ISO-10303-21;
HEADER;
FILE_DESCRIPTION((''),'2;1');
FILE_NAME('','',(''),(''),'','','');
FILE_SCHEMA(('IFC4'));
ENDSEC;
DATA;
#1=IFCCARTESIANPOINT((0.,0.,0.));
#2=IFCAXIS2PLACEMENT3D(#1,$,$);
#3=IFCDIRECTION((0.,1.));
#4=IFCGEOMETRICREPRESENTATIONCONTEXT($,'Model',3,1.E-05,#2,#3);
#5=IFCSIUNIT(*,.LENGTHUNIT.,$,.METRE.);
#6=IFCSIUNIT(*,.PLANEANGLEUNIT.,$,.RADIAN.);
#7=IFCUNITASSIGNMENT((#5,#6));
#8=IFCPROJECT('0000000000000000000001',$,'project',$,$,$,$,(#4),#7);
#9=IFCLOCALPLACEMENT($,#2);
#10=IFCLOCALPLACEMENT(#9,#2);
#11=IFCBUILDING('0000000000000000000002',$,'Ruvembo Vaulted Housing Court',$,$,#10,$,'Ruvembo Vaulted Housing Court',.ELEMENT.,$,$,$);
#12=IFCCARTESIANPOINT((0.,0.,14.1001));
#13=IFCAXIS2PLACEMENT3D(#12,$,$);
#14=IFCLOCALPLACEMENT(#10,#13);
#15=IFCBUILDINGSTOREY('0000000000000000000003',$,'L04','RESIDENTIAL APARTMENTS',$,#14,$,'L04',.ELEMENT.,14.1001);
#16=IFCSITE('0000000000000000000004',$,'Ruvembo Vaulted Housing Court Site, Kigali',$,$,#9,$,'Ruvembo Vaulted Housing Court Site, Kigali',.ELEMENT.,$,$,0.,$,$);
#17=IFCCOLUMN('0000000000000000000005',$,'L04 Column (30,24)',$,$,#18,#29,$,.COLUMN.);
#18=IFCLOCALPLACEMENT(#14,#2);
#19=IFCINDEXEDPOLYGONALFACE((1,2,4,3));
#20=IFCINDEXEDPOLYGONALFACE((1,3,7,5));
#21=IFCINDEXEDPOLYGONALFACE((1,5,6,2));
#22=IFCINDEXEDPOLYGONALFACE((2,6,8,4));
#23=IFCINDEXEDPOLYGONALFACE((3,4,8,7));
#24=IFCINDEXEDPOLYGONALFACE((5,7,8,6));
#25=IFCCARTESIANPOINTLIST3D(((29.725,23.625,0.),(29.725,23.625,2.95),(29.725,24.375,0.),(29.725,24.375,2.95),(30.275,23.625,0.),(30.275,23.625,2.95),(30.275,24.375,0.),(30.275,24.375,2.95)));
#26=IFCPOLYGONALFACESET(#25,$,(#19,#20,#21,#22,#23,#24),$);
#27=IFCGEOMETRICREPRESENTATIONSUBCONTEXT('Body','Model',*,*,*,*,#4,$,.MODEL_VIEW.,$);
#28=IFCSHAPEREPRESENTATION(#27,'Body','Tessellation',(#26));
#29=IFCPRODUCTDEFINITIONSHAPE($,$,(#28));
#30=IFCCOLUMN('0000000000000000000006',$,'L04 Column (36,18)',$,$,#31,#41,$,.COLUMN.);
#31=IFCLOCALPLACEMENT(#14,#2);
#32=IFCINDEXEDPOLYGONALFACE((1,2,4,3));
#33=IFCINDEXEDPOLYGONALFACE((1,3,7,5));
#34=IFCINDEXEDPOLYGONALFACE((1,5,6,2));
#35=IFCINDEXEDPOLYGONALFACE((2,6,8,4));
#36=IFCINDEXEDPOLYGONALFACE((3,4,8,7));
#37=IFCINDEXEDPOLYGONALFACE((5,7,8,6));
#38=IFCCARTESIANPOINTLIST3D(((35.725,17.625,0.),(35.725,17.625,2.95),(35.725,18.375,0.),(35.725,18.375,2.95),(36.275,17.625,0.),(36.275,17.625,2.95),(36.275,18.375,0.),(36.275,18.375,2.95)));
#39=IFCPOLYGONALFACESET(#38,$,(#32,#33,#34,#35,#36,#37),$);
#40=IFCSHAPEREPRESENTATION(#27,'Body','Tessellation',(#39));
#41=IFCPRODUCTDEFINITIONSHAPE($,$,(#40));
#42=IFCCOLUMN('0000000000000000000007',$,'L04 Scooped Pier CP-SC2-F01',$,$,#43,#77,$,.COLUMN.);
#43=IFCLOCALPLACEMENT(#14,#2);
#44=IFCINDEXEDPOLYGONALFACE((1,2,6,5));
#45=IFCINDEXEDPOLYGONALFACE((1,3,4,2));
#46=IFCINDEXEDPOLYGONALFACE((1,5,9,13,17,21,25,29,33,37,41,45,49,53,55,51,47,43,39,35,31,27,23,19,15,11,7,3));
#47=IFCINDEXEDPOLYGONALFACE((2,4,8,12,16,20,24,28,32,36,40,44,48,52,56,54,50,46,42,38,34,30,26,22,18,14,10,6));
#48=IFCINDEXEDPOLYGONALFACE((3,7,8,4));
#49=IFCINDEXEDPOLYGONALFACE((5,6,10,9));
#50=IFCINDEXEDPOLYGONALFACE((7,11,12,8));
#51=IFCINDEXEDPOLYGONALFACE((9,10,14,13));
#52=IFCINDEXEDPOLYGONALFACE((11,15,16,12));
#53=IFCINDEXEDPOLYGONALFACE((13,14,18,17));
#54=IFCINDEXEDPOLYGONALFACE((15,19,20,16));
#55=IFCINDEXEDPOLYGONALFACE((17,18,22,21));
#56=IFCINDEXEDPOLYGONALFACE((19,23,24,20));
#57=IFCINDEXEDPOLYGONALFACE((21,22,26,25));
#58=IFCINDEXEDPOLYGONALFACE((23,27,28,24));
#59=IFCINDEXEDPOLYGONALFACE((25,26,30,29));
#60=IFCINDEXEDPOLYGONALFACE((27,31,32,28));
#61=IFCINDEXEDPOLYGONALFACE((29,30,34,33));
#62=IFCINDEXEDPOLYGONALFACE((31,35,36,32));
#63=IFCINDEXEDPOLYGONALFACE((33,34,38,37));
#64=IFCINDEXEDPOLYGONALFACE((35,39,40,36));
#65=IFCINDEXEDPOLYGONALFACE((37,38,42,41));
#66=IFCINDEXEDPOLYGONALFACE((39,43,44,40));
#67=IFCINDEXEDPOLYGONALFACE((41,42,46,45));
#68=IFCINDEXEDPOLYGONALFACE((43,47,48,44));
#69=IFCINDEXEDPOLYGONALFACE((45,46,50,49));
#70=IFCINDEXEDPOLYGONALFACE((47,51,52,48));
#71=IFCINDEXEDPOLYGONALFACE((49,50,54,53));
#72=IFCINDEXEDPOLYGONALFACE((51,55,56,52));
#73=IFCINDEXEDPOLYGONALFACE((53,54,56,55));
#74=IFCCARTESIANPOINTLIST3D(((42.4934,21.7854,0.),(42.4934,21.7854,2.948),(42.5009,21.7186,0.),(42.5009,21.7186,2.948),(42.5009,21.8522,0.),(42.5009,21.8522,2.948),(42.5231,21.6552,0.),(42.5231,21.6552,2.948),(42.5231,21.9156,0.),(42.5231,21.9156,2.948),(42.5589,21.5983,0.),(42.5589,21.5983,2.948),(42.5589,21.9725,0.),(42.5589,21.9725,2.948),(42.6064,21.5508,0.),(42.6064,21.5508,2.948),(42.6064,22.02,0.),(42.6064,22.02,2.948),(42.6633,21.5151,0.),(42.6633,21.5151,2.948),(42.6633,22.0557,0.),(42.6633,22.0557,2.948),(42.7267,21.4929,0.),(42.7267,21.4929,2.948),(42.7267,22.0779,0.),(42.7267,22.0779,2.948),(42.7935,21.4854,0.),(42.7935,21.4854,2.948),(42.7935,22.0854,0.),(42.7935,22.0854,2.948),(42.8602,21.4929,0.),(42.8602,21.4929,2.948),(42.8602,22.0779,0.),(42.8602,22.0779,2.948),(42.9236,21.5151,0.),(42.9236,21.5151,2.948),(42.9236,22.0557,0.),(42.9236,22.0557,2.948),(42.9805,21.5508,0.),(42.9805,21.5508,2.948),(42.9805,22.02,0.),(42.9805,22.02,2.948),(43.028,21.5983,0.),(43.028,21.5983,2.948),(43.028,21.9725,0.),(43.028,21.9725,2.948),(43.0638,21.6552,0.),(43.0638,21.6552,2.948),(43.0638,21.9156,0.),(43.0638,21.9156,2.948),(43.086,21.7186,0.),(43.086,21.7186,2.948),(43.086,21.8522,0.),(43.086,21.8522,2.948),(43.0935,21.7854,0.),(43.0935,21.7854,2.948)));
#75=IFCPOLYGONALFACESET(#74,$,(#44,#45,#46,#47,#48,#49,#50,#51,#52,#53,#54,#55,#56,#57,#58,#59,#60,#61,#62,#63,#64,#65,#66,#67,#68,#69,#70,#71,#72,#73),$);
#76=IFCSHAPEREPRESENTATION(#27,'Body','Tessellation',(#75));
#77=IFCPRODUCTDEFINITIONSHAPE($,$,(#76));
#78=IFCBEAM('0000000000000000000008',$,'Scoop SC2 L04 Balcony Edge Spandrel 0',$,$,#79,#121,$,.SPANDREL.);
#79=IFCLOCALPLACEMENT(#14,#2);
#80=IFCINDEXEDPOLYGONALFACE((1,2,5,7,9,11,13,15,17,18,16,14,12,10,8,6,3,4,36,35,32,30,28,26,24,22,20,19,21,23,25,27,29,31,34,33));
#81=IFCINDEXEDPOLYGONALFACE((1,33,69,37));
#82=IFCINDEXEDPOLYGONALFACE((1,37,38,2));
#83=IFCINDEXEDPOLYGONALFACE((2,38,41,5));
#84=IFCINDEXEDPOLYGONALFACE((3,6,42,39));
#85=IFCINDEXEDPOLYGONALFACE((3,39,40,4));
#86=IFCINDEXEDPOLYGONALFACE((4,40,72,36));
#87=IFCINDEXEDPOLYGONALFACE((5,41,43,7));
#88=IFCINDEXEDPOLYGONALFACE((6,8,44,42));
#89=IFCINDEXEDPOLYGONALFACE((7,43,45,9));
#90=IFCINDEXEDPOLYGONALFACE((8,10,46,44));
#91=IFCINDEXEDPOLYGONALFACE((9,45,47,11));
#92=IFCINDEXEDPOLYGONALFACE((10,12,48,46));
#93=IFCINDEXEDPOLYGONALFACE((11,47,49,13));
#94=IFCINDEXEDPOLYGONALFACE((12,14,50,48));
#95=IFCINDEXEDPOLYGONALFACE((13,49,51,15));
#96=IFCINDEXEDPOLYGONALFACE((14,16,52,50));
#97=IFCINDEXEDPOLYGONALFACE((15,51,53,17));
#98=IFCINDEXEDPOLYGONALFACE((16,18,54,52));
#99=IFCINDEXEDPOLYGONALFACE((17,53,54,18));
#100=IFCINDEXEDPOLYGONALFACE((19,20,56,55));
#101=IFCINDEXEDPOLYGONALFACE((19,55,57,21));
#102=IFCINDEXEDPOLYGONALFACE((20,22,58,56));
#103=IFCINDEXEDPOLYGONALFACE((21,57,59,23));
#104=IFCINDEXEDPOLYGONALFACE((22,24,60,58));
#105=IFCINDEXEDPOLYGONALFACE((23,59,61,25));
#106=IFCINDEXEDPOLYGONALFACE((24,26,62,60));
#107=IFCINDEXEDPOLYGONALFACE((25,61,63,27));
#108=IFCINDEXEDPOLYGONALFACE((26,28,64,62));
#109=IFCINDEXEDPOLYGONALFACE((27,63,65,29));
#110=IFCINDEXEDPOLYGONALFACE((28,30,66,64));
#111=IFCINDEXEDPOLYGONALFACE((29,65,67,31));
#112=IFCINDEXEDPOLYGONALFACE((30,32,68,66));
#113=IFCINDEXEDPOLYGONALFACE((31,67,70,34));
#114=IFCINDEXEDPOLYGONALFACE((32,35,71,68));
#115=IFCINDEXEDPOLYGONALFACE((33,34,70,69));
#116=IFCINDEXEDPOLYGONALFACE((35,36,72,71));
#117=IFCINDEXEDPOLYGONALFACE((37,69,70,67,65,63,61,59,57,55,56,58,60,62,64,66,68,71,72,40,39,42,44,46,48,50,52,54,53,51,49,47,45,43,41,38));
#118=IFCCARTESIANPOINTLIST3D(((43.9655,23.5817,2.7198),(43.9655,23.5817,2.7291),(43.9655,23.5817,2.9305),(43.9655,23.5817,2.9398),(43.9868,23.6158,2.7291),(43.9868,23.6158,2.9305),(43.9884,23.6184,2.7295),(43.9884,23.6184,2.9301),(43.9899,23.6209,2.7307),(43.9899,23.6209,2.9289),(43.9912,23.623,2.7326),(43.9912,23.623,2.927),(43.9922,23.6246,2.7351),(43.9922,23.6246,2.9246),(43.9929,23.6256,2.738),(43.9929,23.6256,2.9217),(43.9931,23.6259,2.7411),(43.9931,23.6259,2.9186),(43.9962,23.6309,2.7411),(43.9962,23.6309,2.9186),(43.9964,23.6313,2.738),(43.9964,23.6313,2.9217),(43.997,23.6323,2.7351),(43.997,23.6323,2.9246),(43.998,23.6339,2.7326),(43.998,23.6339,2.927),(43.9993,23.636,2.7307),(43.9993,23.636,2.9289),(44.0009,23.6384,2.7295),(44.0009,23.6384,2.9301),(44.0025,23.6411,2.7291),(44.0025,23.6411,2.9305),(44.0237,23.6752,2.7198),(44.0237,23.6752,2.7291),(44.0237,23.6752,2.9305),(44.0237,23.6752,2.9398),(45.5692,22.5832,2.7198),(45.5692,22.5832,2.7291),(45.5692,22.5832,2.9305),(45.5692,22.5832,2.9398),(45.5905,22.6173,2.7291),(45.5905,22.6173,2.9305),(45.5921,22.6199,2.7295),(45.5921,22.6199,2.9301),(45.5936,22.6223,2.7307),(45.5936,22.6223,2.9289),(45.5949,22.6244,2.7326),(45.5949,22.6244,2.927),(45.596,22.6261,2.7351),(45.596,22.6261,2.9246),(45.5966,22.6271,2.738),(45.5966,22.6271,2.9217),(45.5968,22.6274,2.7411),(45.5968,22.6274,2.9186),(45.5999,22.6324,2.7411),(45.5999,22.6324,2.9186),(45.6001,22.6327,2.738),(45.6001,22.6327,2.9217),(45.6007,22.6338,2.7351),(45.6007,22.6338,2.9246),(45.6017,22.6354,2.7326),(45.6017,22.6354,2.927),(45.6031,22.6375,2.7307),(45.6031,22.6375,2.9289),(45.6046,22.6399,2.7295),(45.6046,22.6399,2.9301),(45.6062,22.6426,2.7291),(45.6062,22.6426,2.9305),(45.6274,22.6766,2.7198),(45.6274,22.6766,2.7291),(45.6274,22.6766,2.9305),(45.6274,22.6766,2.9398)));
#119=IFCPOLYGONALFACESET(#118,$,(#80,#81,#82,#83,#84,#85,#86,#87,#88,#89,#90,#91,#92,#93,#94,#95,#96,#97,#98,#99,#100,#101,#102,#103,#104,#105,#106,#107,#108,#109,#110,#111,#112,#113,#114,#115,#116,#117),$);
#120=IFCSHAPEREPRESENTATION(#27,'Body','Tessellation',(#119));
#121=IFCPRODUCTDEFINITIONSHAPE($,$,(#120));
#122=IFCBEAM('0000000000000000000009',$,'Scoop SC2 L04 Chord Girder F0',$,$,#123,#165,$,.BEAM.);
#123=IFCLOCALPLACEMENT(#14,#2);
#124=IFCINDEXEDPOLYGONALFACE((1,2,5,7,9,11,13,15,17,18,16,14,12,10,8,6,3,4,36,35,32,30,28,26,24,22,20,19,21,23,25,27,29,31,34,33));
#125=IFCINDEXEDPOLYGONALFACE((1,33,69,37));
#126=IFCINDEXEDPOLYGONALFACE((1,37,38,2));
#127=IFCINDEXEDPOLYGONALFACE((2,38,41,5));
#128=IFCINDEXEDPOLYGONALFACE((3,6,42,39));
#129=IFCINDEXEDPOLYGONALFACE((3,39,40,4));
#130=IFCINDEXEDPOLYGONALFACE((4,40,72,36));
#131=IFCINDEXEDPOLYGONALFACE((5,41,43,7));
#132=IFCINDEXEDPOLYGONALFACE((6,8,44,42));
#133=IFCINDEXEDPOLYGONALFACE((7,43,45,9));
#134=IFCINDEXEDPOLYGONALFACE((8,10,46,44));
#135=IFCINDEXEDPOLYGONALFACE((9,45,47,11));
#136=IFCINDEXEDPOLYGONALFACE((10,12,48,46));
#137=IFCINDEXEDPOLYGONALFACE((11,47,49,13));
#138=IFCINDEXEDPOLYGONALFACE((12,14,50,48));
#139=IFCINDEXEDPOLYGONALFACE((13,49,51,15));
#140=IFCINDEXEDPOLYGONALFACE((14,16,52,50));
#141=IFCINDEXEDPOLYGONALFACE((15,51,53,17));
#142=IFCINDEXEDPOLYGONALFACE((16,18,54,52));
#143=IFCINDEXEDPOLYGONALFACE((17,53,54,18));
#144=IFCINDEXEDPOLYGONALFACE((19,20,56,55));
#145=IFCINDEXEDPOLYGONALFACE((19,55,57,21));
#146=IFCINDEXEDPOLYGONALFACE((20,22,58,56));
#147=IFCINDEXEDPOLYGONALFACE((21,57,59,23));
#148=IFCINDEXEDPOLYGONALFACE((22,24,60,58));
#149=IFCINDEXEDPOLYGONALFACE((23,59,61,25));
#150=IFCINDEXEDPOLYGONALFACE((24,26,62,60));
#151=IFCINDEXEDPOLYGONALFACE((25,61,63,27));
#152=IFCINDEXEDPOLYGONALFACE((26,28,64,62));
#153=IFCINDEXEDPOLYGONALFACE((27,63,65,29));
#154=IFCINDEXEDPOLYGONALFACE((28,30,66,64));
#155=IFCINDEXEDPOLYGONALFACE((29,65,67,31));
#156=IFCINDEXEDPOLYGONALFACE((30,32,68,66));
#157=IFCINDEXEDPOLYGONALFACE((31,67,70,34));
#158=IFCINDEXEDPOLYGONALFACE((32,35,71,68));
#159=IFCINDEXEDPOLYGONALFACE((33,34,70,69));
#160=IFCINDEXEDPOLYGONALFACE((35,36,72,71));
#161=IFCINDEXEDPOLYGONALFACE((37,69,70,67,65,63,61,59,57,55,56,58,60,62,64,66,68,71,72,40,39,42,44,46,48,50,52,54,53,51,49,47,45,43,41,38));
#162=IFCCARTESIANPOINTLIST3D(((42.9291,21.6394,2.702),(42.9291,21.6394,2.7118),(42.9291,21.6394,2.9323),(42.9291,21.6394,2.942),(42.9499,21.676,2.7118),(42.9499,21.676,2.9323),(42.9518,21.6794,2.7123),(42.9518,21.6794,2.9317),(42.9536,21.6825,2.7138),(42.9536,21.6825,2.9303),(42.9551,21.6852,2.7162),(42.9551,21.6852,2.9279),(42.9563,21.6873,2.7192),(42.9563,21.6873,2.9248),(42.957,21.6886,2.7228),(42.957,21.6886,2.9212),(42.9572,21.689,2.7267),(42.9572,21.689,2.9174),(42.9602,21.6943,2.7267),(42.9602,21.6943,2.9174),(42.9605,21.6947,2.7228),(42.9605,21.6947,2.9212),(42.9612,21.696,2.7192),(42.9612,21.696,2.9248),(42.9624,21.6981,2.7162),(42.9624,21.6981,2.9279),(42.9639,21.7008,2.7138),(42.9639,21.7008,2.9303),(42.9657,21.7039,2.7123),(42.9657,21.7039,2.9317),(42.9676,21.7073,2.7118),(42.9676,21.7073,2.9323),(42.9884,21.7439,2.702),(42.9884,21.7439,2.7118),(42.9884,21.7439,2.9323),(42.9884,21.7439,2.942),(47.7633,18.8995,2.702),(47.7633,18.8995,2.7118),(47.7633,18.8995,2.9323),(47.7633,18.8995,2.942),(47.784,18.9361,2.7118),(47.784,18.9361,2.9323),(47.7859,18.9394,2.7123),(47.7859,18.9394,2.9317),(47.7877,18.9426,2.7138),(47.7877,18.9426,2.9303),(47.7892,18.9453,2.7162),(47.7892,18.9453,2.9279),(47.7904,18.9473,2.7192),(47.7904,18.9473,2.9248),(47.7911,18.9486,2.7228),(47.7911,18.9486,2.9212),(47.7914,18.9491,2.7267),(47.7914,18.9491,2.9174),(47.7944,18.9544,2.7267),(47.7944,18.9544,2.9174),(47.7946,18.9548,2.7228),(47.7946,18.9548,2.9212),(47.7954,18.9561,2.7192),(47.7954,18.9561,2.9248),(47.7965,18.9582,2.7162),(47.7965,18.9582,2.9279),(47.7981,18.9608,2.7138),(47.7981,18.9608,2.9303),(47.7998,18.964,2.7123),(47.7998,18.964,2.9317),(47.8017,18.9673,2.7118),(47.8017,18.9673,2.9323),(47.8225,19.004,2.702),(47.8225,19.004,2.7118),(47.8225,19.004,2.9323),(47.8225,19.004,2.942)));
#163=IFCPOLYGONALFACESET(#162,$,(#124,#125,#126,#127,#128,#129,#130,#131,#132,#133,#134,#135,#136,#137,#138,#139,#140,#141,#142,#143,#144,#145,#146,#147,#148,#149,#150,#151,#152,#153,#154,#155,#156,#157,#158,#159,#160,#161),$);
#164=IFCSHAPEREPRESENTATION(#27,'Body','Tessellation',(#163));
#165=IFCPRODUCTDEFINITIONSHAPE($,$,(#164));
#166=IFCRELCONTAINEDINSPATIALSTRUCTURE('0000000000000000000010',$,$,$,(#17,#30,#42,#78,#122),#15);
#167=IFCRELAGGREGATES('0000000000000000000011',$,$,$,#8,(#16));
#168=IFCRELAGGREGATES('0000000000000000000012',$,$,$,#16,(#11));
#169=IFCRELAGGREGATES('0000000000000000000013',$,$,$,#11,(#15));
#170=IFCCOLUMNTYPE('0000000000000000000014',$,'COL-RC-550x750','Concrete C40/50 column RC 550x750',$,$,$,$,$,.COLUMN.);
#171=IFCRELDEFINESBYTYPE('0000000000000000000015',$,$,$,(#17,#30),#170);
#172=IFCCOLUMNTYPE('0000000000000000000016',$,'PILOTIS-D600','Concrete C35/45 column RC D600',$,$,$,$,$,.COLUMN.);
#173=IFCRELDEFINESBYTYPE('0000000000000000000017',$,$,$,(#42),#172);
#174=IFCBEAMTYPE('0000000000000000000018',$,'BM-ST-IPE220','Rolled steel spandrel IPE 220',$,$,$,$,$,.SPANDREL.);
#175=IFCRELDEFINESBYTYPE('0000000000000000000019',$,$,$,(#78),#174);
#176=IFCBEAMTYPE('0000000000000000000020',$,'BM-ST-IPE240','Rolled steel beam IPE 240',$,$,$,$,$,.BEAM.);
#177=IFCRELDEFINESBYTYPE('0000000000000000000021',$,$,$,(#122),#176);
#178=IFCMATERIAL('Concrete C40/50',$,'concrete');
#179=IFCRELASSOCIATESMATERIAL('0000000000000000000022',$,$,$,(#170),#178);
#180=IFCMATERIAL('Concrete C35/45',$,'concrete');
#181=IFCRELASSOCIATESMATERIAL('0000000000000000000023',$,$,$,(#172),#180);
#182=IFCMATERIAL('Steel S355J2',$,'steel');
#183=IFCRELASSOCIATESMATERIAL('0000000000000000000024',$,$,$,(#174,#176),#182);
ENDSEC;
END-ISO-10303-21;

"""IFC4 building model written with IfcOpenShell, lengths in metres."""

from ifc_helpers import new_model, si_unit, direction, frame, origin, origin_2d, place, context, subcontext, project, spatial, rectangle, circle, i_section, extrude, material, material_profile, profile_set, type_object, element, save


model = new_model("IFC4")

# Units and contexts
model_context = context("Model", 3, precision=1e-05, world=origin(), true_north=direction((0.0, 1.0)))
body_context = subcontext(model_context, "Body", "Model", "MODEL_VIEW")
ifc_project = project(units=[si_unit("LENGTHUNIT", "METRE"), si_unit("PLANEANGLEUNIT", "RADIAN")], contexts=[model_context])

# Site, building, storey
site_placement = place(None, origin())
site = spatial("IfcSite", under=ifc_project, at=site_placement, Name="Ruvembo Vaulted Housing Court Site, Kigali", LongName="Ruvembo Vaulted Housing Court Site, Kigali", CompositionType="ELEMENT", RefElevation=0.0)
building_placement = place(site_placement, origin())
building = spatial("IfcBuilding", under=site, at=building_placement, Name="Ruvembo Vaulted Housing Court", LongName="Ruvembo Vaulted Housing Court", CompositionType="ELEMENT")
storey_placement = place(building_placement, frame((0.0, 0.0, 14.1001)))
storey = spatial("IfcBuildingStorey", under=building, at=storey_placement, Name="L04", Description="RESIDENTIAL APARTMENTS", LongName="L04", CompositionType="ELEMENT", Elevation=14.1001)

# Columns
ifc_material_1 = material(Name="Concrete C40/50", Category="concrete")
ifc_material_profile_1 = material_profile(ifc_material_1, rectangle(XDim=0.55, YDim=0.75, at=origin_2d()), Name="RC 550x750")
ifc_profile_set_1 = profile_set([ifc_material_profile_1], Name="Concrete C40/50")
column_type_1 = type_object("IfcColumnType", Name="COL-RC-550x750", Description="Concrete C40/50 column RC 550x750", PredefinedType="COLUMN", material=ifc_profile_set_1)
for number, where, z_axis, x_axis, name in (
    (1, (30.0, 24.0, 0.0), (0.0, 0.0, 1.0), (1.0, 0.0, 0.0), "L04 Column (30,24)"),
    (2, (36.0, 18.0, 0.0), (0.0, 0.0, 1.0), (1.0, 0.0, 0.0), "L04 Column (36,18)"),
):
    element("IfcColumn", number, at=place(storey_placement, frame(where, z_axis=z_axis, x_axis=x_axis)), inside=storey, type_object=column_type_1, Name=name, PredefinedType="COLUMN", context=body_context, shape_type="SweptSolid", body=[
        extrude(rectangle(XDim=0.55, YDim=0.75, at=origin_2d()), origin(), (0.0, 0.0, 1.0), 2.95),
    ])
ifc_material_2 = material(Name="Concrete C35/45", Category="concrete")
ifc_material_profile_2 = material_profile(ifc_material_2, circle(Radius=0.3, at=origin_2d()), Name="RC D600")
ifc_profile_set_2 = profile_set([ifc_material_profile_2], Name="Concrete C35/45")
column_type_2 = type_object("IfcColumnType", Name="PILOTIS-D600", Description="Concrete C35/45 column RC D600", PredefinedType="COLUMN", material=ifc_profile_set_2)
column_placement = place(storey_placement, frame((42.7935, 21.7854, 0.0), z_axis=(0.0, 0.0, 1.0), x_axis=(1.0, 0.0, 0.0)))
element("IfcColumn", 3, at=column_placement, inside=storey, type_object=column_type_2, Name="L04 Scooped Pier CP-SC2-F01", PredefinedType="COLUMN", context=body_context, shape_type="SweptSolid", body=[
    extrude(circle(Radius=0.3, at=origin_2d()), origin(), (0.0, 0.0, 1.0), 2.948),
])

# Beams
ifc_material_3 = material(Name="Steel S355J2", Category="steel")
ifc_material_profile_3 = material_profile(ifc_material_3, i_section(OverallWidth=0.1101, OverallDepth=0.22, WebThickness=0.0059, FlangeThickness=0.0093, FilletRadius=0.012, at=origin_2d()), Name="IPE 220")
ifc_profile_set_3 = profile_set([ifc_material_profile_3], Name="Steel S355J2")
beam_type_1 = type_object("IfcBeamType", Name="BM-ST-IPE220", Description="Rolled steel spandrel IPE 220", PredefinedType="SPANDREL", material=ifc_profile_set_3)
beam_1_placement = place(storey_placement, frame((43.9946, 23.6284, 2.8298), z_axis=(0.848905, -0.528546, 0.0), x_axis=(0.528546, 0.848905, 0.0)))
element("IfcBeam", 4, at=beam_1_placement, inside=storey, type_object=beam_type_1, Name="Scoop SC2 L04 Balcony Edge Spandrel 0", PredefinedType="SPANDREL", context=body_context, shape_type="SweptSolid", body=[
    extrude(i_section(OverallWidth=0.1101, OverallDepth=0.22, WebThickness=0.0059, FlangeThickness=0.0093, FilletRadius=0.012, at=origin_2d()), origin(), (0.0, 0.0, 1.0), 1.8892),
])
ifc_material_profile_4 = material_profile(ifc_material_3, i_section(OverallWidth=0.1201, OverallDepth=0.24, WebThickness=0.0061, FlangeThickness=0.0098, FilletRadius=0.0149, at=origin_2d()), Name="IPE 240")
ifc_profile_set_4 = profile_set([ifc_material_profile_4], Name="Steel S355J2")
beam_type_2 = type_object("IfcBeamType", Name="BM-ST-IPE240", Description="Rolled steel beam IPE 240", PredefinedType="BEAM", material=ifc_profile_set_4)
beam_2_placement = place(storey_placement, frame((42.9587, 21.6917, 2.822), z_axis=(0.869976, -0.493093, 0.0), x_axis=(0.493093, 0.869976, 0.0)))
element("IfcBeam", 5, at=beam_2_placement, inside=storey, type_object=beam_type_2, Name="Scoop SC2 L04 Chord Girder F0", PredefinedType="BEAM", context=body_context, shape_type="SweptSolid", body=[
    extrude(i_section(OverallWidth=0.1201, OverallDepth=0.24, WebThickness=0.0061, FlangeThickness=0.0098, FilletRadius=0.0149, at=origin_2d()), origin(), (0.0, 0.0, 1.0), 5.5566),
])

save(model, "model.ifc")
